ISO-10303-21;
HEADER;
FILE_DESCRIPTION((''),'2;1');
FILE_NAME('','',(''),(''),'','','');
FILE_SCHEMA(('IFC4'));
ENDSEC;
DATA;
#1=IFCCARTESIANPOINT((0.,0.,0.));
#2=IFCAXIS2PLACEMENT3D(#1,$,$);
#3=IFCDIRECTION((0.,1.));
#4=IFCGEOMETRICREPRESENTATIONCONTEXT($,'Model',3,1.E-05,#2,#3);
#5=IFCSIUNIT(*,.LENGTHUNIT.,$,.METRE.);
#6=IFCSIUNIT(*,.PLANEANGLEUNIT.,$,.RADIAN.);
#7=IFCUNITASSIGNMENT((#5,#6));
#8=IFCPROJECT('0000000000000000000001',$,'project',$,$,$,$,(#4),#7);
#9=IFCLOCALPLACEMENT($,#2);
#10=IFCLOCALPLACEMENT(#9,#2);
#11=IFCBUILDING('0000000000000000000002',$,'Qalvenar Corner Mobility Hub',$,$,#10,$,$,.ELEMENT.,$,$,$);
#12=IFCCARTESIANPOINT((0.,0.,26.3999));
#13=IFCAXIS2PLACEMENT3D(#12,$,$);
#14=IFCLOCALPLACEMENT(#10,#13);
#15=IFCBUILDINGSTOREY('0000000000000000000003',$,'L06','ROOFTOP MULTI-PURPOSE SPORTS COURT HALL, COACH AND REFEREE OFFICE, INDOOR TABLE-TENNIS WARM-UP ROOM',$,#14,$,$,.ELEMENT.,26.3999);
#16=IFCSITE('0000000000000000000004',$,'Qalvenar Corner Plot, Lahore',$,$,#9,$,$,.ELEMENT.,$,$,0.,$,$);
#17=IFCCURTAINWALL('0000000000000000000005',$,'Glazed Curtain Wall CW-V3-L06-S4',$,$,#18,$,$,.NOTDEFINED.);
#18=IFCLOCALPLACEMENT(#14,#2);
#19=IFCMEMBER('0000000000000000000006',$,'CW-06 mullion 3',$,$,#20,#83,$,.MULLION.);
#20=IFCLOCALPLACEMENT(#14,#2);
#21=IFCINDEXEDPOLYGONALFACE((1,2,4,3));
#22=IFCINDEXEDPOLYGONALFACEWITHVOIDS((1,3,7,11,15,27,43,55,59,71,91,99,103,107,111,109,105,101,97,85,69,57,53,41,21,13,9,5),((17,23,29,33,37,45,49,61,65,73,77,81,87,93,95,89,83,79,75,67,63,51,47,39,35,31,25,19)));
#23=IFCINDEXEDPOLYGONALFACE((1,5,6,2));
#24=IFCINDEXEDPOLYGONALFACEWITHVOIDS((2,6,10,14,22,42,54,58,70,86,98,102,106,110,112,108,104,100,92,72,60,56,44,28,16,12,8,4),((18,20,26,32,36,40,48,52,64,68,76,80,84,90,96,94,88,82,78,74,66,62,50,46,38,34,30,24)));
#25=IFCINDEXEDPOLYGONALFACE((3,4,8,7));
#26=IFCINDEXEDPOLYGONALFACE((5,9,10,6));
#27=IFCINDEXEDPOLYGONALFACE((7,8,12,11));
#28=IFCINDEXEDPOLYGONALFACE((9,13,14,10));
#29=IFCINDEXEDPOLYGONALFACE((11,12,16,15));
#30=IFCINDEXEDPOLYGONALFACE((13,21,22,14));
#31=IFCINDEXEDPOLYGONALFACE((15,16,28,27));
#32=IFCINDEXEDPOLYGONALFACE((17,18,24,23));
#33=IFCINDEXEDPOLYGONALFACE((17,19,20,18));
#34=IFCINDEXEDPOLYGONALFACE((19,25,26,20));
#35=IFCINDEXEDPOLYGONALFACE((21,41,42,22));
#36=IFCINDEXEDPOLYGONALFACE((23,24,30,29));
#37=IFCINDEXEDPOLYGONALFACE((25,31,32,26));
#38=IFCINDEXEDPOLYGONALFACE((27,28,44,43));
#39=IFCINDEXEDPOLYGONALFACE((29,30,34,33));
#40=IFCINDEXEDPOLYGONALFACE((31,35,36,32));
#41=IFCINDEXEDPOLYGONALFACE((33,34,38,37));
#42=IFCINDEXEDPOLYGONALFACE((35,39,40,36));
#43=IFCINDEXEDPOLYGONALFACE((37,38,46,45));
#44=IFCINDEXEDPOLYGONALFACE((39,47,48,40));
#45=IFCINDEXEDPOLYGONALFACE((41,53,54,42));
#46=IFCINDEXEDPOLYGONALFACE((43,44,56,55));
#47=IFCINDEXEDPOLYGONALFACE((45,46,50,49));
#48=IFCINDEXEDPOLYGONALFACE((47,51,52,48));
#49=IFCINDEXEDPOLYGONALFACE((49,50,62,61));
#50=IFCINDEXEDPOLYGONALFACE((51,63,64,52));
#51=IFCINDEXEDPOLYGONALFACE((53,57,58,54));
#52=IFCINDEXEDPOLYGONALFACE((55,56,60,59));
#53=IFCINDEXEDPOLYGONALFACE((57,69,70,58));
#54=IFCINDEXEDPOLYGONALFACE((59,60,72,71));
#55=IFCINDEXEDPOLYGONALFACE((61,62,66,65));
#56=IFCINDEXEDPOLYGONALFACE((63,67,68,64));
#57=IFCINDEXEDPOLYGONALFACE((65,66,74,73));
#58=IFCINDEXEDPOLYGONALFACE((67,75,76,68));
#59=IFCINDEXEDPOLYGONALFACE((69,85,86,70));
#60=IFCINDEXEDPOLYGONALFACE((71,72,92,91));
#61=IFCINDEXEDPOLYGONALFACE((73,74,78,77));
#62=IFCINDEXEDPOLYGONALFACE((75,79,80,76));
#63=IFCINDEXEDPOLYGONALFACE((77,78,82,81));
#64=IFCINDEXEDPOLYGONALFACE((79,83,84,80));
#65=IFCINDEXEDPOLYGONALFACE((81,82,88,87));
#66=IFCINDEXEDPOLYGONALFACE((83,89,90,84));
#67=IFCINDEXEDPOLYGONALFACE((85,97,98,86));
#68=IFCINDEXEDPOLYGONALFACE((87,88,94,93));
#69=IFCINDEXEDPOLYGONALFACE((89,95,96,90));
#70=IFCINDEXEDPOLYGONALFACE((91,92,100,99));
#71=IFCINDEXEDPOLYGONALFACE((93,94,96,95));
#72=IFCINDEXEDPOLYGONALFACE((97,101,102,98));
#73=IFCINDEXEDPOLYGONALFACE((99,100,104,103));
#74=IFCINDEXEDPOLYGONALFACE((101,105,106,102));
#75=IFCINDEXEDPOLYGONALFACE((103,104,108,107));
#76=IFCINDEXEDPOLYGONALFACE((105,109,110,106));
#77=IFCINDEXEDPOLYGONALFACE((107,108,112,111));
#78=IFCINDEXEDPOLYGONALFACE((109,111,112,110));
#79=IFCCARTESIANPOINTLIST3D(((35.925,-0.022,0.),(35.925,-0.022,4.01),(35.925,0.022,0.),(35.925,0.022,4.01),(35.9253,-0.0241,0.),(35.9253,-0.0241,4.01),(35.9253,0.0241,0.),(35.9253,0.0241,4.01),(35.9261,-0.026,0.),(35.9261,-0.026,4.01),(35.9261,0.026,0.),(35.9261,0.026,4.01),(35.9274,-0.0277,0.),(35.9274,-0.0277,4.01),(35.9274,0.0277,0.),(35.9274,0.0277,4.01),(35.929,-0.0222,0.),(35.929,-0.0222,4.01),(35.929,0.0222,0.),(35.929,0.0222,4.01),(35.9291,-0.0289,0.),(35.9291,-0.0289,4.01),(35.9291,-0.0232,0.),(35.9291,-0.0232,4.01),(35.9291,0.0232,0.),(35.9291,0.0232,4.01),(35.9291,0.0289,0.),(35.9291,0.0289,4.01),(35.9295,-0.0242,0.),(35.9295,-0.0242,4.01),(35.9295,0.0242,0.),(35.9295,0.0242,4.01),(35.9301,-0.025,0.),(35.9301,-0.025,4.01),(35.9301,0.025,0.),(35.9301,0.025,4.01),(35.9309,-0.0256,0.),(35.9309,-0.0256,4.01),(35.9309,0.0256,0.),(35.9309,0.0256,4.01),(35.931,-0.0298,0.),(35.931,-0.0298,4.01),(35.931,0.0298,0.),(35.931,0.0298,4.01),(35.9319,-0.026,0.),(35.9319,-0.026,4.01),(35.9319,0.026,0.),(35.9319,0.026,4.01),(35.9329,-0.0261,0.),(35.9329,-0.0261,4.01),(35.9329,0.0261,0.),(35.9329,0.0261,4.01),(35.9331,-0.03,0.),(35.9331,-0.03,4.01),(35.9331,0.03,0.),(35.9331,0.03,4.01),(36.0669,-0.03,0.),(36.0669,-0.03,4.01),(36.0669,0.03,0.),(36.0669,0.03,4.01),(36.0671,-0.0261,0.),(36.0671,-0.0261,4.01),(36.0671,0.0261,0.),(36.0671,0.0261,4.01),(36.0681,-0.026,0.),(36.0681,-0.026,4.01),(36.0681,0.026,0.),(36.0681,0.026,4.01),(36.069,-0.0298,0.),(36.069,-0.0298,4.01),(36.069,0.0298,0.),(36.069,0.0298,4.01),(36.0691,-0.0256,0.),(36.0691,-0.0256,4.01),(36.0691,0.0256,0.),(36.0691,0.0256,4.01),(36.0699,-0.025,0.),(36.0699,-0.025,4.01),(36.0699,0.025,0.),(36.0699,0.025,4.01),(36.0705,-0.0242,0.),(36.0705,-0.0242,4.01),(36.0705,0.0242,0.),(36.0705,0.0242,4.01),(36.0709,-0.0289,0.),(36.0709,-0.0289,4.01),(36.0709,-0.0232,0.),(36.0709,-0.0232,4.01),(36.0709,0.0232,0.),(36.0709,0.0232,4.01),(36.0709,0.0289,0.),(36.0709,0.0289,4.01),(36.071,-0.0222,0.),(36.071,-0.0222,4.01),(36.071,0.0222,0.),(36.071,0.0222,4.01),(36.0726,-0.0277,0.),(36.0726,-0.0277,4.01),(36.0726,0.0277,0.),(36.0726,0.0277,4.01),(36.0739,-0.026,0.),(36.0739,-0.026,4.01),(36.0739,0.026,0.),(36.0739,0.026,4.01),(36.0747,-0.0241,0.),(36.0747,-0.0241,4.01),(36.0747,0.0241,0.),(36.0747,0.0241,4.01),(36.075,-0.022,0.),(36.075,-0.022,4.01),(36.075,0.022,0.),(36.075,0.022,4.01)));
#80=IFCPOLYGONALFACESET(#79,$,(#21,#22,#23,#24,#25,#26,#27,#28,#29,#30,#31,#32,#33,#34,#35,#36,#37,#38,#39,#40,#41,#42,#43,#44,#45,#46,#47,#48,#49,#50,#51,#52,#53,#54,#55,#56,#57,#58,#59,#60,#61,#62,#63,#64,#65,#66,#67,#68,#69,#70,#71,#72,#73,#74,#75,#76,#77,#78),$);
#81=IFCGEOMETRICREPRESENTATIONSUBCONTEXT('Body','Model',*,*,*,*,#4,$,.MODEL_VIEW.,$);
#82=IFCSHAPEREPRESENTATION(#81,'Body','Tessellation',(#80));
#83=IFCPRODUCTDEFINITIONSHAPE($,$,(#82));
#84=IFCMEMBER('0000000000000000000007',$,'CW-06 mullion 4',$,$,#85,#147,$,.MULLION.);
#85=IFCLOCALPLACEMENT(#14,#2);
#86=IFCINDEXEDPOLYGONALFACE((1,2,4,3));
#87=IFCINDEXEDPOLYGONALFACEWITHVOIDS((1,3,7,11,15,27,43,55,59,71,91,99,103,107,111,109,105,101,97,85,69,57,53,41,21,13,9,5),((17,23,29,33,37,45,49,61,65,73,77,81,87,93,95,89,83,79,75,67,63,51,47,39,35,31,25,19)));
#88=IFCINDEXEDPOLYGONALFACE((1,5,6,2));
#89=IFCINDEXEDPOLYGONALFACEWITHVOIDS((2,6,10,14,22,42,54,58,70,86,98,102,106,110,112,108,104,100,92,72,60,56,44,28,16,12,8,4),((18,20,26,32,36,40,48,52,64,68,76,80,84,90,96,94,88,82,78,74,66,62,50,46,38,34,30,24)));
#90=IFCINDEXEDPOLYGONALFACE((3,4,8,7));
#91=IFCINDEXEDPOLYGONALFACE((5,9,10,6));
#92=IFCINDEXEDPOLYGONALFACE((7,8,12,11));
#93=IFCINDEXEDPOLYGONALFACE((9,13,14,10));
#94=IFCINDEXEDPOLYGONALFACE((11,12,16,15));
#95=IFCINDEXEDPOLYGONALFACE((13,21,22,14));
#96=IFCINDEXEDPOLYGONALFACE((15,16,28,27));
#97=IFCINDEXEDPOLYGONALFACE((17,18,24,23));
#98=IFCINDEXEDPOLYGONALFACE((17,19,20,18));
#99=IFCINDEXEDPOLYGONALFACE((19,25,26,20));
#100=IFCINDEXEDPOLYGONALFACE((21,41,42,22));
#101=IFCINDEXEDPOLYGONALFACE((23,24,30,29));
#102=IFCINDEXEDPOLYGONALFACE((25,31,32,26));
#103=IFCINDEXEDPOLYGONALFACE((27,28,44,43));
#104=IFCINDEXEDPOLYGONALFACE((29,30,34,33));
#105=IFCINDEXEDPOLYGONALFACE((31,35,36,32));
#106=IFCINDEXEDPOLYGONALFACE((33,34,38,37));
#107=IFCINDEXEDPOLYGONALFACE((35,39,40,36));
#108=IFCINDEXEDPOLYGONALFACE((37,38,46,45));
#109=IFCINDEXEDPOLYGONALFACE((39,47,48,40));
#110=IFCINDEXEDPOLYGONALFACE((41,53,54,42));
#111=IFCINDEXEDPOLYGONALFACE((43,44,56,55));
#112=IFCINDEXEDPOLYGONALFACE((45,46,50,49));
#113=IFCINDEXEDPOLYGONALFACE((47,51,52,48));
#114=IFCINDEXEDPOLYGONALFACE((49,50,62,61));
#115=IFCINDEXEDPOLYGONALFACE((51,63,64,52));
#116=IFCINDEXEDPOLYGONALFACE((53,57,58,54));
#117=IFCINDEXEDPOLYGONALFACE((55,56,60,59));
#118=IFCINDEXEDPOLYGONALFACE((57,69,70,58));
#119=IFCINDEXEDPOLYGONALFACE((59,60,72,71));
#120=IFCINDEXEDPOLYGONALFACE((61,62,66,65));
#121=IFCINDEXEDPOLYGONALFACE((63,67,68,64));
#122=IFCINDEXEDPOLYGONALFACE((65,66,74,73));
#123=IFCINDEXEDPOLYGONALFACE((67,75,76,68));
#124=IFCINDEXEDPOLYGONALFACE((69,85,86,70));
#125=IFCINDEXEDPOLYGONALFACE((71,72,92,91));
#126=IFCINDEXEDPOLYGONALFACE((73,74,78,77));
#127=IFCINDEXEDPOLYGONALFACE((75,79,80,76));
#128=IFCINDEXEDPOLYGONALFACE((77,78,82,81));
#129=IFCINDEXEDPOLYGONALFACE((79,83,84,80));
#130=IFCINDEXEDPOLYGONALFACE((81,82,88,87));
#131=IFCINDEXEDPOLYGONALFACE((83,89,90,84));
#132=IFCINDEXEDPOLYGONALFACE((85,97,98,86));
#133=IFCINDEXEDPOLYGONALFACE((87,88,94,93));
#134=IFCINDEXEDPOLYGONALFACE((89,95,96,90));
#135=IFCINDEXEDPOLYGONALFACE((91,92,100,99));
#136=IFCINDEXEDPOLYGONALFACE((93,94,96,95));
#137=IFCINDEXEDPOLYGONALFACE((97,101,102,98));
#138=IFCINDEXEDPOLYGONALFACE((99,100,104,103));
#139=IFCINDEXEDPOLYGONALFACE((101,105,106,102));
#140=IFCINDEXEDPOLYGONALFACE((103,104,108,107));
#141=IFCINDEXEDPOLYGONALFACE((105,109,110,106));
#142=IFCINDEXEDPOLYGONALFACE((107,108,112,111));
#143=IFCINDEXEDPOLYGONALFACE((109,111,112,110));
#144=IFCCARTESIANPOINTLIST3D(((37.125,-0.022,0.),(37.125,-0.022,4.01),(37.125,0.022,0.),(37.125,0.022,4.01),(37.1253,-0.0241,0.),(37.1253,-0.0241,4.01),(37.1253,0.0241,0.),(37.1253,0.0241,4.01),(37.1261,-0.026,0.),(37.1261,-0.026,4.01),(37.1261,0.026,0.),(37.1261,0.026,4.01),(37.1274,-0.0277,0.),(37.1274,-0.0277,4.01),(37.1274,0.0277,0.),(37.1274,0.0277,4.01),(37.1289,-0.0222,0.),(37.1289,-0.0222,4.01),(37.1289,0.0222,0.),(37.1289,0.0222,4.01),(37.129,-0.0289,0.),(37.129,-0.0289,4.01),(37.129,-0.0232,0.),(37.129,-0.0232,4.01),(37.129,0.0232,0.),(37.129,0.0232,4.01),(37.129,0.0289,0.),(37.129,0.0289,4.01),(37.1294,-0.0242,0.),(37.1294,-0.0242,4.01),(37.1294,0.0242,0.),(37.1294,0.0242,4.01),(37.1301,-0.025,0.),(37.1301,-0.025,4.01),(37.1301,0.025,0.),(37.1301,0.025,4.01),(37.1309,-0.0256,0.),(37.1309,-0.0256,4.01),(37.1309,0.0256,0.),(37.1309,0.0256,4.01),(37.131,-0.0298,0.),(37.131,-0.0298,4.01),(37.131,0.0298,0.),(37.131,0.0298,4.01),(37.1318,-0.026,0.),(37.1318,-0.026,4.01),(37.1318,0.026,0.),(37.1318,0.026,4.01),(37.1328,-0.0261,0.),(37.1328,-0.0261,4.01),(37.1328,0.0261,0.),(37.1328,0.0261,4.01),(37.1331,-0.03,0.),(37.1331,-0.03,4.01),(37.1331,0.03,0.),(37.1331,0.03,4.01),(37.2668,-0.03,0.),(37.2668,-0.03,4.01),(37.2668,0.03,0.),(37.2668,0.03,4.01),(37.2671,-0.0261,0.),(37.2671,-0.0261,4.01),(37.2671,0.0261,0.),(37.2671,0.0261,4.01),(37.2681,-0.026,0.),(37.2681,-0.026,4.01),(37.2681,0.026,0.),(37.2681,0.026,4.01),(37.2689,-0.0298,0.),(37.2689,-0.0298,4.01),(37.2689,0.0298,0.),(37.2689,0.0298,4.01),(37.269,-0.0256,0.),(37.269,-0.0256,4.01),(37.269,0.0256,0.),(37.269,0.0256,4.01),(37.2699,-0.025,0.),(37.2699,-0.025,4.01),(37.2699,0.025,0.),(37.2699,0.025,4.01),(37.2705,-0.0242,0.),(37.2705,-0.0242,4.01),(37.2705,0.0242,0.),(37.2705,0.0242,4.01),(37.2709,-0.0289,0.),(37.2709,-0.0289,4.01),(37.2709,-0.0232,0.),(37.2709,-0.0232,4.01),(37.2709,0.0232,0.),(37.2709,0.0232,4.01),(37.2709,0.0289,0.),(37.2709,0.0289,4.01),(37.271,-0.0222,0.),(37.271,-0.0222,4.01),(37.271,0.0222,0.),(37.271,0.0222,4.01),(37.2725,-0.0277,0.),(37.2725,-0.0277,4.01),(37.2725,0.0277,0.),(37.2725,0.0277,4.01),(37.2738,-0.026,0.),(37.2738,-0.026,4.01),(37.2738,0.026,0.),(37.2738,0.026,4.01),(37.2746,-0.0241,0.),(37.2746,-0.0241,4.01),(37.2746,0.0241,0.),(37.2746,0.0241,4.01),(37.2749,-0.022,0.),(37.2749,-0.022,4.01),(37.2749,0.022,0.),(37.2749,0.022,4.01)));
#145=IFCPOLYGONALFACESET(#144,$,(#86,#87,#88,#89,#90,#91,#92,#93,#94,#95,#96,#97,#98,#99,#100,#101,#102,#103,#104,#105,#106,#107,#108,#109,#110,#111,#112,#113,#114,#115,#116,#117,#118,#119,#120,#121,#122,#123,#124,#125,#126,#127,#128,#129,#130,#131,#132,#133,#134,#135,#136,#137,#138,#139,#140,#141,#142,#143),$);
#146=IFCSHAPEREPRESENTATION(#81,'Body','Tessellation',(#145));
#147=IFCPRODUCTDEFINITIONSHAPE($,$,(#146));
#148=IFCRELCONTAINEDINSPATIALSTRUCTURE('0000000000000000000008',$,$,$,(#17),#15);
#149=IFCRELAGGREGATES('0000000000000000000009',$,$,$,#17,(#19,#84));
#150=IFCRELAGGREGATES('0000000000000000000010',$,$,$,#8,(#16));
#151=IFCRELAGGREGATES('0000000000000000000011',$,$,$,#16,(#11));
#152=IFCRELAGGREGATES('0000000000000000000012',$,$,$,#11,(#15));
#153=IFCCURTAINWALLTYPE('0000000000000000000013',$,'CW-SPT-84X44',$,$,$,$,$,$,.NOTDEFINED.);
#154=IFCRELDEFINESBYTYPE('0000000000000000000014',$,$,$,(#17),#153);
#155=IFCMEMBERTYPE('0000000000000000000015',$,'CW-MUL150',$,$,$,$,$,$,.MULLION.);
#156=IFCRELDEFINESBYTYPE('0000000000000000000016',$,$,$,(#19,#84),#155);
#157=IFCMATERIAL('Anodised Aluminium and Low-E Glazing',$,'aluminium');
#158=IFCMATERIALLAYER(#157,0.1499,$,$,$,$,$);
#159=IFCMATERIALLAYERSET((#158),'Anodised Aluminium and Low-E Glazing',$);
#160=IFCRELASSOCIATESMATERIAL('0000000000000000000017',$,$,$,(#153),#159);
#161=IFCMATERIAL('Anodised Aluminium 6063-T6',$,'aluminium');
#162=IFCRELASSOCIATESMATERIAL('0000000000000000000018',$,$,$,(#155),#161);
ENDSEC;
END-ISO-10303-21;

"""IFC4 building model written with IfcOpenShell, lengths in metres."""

from ifc_helpers import new_model, si_unit, direction, frame, origin, origin_2d, place, context, subcontext, project, spatial, hollow_rectangle, extrude, material, layer, layer_set, material_profile, profile_set, type_object, element, aggregate, save


model = new_model("IFC4")

# Units and contexts
model_context = context("Model", 3, precision=1e-05, world=origin(), true_north=direction((0.0, 1.0)))
body_context = subcontext(model_context, "Body", "Model", "MODEL_VIEW")
ifc_project = project(units=[si_unit("LENGTHUNIT", "METRE"), si_unit("PLANEANGLEUNIT", "RADIAN")], contexts=[model_context])

# Site, building, storey
site_placement = place(None, origin())
site = spatial("IfcSite", under=ifc_project, at=site_placement, Name="Qalvenar Corner Plot, Lahore", CompositionType="ELEMENT", RefElevation=0.0)
building_placement = place(site_placement, origin())
building = spatial("IfcBuilding", under=site, at=building_placement, Name="Qalvenar Corner Mobility Hub", CompositionType="ELEMENT")
storey_placement = place(building_placement, frame((0.0, 0.0, 26.3999)))
storey = spatial("IfcBuildingStorey", under=building, at=storey_placement, Name="L06", Description="ROOFTOP MULTI-PURPOSE SPORTS COURT HALL, COACH AND REFEREE OFFICE, INDOOR TABLE-TENNIS WARM-UP ROOM", CompositionType="ELEMENT", Elevation=26.3999)

# Curtain wall, members
ifc_material_1 = material(Name="Anodised Aluminium and Low-E Glazing", Category="aluminium")
ifc_layer_1 = layer(ifc_material_1, 0.1499)
ifc_layer_set_1 = layer_set([ifc_layer_1], Name="Anodised Aluminium and Low-E Glazing")
curtain_wall_type = type_object("IfcCurtainWallType", Name="CW-SPT-84X44", PredefinedType="NOTDEFINED", material=ifc_layer_set_1)
curtain_wall_placement = place(storey_placement, origin())
curtain_wall = element("IfcCurtainWall", 1, at=curtain_wall_placement, inside=storey, type_object=curtain_wall_type, Name="Glazed Curtain Wall CW-V3-L06-S4", PredefinedType="NOTDEFINED")
ifc_material_2 = material(Name="Anodised Aluminium 6063-T6", Category="aluminium")
ifc_material_profile_1 = material_profile(ifc_material_2, hollow_rectangle(XDim=0.0601, YDim=0.1499, WallThickness=0.0039, InnerFilletRadius=0.0039, OuterFilletRadius=0.0081, at=origin_2d()), Name="RHS150x60x4")
ifc_profile_set_1 = profile_set([ifc_material_profile_1], Name="Anodised Aluminium 6063-T6")
member_type_1 = type_object("IfcMemberType", Name="CW-MUL150", PredefinedType="MULLION", material=ifc_profile_set_1)
member_1_placement = place(storey_placement, frame((36.0, 0.0, 0.0), z_axis=(0.0, 0.0, 1.0), x_axis=(0.0, 1.0, 0.0)))
member_1 = element("IfcMember", 2, at=member_1_placement, type_object=member_type_1, Name="CW-06 mullion 3", PredefinedType="MULLION", context=body_context, shape_type="SweptSolid", body=[
    extrude(hollow_rectangle(XDim=0.0601, YDim=0.1499, WallThickness=0.0039, InnerFilletRadius=0.0039, OuterFilletRadius=0.0081, at=origin_2d()), origin(), (0.0, 0.0, 1.0), 4.01),
])
member_2_placement = place(storey_placement, frame((37.2, 0.0, 0.0), z_axis=(0.0, 0.0, 1.0), x_axis=(0.0, 1.0, 0.0)))
member_2 = element("IfcMember", 3, at=member_2_placement, type_object=member_type_1, Name="CW-06 mullion 4", PredefinedType="MULLION", context=body_context, shape_type="SweptSolid", body=[
    extrude(hollow_rectangle(XDim=0.0601, YDim=0.1499, WallThickness=0.0039, InnerFilletRadius=0.0039, OuterFilletRadius=0.0081, at=origin_2d()), origin(), (0.0, 0.0, 1.0), 4.01),
])
aggregate(curtain_wall, [member_1, member_2])

save(model, "model.ifc")
